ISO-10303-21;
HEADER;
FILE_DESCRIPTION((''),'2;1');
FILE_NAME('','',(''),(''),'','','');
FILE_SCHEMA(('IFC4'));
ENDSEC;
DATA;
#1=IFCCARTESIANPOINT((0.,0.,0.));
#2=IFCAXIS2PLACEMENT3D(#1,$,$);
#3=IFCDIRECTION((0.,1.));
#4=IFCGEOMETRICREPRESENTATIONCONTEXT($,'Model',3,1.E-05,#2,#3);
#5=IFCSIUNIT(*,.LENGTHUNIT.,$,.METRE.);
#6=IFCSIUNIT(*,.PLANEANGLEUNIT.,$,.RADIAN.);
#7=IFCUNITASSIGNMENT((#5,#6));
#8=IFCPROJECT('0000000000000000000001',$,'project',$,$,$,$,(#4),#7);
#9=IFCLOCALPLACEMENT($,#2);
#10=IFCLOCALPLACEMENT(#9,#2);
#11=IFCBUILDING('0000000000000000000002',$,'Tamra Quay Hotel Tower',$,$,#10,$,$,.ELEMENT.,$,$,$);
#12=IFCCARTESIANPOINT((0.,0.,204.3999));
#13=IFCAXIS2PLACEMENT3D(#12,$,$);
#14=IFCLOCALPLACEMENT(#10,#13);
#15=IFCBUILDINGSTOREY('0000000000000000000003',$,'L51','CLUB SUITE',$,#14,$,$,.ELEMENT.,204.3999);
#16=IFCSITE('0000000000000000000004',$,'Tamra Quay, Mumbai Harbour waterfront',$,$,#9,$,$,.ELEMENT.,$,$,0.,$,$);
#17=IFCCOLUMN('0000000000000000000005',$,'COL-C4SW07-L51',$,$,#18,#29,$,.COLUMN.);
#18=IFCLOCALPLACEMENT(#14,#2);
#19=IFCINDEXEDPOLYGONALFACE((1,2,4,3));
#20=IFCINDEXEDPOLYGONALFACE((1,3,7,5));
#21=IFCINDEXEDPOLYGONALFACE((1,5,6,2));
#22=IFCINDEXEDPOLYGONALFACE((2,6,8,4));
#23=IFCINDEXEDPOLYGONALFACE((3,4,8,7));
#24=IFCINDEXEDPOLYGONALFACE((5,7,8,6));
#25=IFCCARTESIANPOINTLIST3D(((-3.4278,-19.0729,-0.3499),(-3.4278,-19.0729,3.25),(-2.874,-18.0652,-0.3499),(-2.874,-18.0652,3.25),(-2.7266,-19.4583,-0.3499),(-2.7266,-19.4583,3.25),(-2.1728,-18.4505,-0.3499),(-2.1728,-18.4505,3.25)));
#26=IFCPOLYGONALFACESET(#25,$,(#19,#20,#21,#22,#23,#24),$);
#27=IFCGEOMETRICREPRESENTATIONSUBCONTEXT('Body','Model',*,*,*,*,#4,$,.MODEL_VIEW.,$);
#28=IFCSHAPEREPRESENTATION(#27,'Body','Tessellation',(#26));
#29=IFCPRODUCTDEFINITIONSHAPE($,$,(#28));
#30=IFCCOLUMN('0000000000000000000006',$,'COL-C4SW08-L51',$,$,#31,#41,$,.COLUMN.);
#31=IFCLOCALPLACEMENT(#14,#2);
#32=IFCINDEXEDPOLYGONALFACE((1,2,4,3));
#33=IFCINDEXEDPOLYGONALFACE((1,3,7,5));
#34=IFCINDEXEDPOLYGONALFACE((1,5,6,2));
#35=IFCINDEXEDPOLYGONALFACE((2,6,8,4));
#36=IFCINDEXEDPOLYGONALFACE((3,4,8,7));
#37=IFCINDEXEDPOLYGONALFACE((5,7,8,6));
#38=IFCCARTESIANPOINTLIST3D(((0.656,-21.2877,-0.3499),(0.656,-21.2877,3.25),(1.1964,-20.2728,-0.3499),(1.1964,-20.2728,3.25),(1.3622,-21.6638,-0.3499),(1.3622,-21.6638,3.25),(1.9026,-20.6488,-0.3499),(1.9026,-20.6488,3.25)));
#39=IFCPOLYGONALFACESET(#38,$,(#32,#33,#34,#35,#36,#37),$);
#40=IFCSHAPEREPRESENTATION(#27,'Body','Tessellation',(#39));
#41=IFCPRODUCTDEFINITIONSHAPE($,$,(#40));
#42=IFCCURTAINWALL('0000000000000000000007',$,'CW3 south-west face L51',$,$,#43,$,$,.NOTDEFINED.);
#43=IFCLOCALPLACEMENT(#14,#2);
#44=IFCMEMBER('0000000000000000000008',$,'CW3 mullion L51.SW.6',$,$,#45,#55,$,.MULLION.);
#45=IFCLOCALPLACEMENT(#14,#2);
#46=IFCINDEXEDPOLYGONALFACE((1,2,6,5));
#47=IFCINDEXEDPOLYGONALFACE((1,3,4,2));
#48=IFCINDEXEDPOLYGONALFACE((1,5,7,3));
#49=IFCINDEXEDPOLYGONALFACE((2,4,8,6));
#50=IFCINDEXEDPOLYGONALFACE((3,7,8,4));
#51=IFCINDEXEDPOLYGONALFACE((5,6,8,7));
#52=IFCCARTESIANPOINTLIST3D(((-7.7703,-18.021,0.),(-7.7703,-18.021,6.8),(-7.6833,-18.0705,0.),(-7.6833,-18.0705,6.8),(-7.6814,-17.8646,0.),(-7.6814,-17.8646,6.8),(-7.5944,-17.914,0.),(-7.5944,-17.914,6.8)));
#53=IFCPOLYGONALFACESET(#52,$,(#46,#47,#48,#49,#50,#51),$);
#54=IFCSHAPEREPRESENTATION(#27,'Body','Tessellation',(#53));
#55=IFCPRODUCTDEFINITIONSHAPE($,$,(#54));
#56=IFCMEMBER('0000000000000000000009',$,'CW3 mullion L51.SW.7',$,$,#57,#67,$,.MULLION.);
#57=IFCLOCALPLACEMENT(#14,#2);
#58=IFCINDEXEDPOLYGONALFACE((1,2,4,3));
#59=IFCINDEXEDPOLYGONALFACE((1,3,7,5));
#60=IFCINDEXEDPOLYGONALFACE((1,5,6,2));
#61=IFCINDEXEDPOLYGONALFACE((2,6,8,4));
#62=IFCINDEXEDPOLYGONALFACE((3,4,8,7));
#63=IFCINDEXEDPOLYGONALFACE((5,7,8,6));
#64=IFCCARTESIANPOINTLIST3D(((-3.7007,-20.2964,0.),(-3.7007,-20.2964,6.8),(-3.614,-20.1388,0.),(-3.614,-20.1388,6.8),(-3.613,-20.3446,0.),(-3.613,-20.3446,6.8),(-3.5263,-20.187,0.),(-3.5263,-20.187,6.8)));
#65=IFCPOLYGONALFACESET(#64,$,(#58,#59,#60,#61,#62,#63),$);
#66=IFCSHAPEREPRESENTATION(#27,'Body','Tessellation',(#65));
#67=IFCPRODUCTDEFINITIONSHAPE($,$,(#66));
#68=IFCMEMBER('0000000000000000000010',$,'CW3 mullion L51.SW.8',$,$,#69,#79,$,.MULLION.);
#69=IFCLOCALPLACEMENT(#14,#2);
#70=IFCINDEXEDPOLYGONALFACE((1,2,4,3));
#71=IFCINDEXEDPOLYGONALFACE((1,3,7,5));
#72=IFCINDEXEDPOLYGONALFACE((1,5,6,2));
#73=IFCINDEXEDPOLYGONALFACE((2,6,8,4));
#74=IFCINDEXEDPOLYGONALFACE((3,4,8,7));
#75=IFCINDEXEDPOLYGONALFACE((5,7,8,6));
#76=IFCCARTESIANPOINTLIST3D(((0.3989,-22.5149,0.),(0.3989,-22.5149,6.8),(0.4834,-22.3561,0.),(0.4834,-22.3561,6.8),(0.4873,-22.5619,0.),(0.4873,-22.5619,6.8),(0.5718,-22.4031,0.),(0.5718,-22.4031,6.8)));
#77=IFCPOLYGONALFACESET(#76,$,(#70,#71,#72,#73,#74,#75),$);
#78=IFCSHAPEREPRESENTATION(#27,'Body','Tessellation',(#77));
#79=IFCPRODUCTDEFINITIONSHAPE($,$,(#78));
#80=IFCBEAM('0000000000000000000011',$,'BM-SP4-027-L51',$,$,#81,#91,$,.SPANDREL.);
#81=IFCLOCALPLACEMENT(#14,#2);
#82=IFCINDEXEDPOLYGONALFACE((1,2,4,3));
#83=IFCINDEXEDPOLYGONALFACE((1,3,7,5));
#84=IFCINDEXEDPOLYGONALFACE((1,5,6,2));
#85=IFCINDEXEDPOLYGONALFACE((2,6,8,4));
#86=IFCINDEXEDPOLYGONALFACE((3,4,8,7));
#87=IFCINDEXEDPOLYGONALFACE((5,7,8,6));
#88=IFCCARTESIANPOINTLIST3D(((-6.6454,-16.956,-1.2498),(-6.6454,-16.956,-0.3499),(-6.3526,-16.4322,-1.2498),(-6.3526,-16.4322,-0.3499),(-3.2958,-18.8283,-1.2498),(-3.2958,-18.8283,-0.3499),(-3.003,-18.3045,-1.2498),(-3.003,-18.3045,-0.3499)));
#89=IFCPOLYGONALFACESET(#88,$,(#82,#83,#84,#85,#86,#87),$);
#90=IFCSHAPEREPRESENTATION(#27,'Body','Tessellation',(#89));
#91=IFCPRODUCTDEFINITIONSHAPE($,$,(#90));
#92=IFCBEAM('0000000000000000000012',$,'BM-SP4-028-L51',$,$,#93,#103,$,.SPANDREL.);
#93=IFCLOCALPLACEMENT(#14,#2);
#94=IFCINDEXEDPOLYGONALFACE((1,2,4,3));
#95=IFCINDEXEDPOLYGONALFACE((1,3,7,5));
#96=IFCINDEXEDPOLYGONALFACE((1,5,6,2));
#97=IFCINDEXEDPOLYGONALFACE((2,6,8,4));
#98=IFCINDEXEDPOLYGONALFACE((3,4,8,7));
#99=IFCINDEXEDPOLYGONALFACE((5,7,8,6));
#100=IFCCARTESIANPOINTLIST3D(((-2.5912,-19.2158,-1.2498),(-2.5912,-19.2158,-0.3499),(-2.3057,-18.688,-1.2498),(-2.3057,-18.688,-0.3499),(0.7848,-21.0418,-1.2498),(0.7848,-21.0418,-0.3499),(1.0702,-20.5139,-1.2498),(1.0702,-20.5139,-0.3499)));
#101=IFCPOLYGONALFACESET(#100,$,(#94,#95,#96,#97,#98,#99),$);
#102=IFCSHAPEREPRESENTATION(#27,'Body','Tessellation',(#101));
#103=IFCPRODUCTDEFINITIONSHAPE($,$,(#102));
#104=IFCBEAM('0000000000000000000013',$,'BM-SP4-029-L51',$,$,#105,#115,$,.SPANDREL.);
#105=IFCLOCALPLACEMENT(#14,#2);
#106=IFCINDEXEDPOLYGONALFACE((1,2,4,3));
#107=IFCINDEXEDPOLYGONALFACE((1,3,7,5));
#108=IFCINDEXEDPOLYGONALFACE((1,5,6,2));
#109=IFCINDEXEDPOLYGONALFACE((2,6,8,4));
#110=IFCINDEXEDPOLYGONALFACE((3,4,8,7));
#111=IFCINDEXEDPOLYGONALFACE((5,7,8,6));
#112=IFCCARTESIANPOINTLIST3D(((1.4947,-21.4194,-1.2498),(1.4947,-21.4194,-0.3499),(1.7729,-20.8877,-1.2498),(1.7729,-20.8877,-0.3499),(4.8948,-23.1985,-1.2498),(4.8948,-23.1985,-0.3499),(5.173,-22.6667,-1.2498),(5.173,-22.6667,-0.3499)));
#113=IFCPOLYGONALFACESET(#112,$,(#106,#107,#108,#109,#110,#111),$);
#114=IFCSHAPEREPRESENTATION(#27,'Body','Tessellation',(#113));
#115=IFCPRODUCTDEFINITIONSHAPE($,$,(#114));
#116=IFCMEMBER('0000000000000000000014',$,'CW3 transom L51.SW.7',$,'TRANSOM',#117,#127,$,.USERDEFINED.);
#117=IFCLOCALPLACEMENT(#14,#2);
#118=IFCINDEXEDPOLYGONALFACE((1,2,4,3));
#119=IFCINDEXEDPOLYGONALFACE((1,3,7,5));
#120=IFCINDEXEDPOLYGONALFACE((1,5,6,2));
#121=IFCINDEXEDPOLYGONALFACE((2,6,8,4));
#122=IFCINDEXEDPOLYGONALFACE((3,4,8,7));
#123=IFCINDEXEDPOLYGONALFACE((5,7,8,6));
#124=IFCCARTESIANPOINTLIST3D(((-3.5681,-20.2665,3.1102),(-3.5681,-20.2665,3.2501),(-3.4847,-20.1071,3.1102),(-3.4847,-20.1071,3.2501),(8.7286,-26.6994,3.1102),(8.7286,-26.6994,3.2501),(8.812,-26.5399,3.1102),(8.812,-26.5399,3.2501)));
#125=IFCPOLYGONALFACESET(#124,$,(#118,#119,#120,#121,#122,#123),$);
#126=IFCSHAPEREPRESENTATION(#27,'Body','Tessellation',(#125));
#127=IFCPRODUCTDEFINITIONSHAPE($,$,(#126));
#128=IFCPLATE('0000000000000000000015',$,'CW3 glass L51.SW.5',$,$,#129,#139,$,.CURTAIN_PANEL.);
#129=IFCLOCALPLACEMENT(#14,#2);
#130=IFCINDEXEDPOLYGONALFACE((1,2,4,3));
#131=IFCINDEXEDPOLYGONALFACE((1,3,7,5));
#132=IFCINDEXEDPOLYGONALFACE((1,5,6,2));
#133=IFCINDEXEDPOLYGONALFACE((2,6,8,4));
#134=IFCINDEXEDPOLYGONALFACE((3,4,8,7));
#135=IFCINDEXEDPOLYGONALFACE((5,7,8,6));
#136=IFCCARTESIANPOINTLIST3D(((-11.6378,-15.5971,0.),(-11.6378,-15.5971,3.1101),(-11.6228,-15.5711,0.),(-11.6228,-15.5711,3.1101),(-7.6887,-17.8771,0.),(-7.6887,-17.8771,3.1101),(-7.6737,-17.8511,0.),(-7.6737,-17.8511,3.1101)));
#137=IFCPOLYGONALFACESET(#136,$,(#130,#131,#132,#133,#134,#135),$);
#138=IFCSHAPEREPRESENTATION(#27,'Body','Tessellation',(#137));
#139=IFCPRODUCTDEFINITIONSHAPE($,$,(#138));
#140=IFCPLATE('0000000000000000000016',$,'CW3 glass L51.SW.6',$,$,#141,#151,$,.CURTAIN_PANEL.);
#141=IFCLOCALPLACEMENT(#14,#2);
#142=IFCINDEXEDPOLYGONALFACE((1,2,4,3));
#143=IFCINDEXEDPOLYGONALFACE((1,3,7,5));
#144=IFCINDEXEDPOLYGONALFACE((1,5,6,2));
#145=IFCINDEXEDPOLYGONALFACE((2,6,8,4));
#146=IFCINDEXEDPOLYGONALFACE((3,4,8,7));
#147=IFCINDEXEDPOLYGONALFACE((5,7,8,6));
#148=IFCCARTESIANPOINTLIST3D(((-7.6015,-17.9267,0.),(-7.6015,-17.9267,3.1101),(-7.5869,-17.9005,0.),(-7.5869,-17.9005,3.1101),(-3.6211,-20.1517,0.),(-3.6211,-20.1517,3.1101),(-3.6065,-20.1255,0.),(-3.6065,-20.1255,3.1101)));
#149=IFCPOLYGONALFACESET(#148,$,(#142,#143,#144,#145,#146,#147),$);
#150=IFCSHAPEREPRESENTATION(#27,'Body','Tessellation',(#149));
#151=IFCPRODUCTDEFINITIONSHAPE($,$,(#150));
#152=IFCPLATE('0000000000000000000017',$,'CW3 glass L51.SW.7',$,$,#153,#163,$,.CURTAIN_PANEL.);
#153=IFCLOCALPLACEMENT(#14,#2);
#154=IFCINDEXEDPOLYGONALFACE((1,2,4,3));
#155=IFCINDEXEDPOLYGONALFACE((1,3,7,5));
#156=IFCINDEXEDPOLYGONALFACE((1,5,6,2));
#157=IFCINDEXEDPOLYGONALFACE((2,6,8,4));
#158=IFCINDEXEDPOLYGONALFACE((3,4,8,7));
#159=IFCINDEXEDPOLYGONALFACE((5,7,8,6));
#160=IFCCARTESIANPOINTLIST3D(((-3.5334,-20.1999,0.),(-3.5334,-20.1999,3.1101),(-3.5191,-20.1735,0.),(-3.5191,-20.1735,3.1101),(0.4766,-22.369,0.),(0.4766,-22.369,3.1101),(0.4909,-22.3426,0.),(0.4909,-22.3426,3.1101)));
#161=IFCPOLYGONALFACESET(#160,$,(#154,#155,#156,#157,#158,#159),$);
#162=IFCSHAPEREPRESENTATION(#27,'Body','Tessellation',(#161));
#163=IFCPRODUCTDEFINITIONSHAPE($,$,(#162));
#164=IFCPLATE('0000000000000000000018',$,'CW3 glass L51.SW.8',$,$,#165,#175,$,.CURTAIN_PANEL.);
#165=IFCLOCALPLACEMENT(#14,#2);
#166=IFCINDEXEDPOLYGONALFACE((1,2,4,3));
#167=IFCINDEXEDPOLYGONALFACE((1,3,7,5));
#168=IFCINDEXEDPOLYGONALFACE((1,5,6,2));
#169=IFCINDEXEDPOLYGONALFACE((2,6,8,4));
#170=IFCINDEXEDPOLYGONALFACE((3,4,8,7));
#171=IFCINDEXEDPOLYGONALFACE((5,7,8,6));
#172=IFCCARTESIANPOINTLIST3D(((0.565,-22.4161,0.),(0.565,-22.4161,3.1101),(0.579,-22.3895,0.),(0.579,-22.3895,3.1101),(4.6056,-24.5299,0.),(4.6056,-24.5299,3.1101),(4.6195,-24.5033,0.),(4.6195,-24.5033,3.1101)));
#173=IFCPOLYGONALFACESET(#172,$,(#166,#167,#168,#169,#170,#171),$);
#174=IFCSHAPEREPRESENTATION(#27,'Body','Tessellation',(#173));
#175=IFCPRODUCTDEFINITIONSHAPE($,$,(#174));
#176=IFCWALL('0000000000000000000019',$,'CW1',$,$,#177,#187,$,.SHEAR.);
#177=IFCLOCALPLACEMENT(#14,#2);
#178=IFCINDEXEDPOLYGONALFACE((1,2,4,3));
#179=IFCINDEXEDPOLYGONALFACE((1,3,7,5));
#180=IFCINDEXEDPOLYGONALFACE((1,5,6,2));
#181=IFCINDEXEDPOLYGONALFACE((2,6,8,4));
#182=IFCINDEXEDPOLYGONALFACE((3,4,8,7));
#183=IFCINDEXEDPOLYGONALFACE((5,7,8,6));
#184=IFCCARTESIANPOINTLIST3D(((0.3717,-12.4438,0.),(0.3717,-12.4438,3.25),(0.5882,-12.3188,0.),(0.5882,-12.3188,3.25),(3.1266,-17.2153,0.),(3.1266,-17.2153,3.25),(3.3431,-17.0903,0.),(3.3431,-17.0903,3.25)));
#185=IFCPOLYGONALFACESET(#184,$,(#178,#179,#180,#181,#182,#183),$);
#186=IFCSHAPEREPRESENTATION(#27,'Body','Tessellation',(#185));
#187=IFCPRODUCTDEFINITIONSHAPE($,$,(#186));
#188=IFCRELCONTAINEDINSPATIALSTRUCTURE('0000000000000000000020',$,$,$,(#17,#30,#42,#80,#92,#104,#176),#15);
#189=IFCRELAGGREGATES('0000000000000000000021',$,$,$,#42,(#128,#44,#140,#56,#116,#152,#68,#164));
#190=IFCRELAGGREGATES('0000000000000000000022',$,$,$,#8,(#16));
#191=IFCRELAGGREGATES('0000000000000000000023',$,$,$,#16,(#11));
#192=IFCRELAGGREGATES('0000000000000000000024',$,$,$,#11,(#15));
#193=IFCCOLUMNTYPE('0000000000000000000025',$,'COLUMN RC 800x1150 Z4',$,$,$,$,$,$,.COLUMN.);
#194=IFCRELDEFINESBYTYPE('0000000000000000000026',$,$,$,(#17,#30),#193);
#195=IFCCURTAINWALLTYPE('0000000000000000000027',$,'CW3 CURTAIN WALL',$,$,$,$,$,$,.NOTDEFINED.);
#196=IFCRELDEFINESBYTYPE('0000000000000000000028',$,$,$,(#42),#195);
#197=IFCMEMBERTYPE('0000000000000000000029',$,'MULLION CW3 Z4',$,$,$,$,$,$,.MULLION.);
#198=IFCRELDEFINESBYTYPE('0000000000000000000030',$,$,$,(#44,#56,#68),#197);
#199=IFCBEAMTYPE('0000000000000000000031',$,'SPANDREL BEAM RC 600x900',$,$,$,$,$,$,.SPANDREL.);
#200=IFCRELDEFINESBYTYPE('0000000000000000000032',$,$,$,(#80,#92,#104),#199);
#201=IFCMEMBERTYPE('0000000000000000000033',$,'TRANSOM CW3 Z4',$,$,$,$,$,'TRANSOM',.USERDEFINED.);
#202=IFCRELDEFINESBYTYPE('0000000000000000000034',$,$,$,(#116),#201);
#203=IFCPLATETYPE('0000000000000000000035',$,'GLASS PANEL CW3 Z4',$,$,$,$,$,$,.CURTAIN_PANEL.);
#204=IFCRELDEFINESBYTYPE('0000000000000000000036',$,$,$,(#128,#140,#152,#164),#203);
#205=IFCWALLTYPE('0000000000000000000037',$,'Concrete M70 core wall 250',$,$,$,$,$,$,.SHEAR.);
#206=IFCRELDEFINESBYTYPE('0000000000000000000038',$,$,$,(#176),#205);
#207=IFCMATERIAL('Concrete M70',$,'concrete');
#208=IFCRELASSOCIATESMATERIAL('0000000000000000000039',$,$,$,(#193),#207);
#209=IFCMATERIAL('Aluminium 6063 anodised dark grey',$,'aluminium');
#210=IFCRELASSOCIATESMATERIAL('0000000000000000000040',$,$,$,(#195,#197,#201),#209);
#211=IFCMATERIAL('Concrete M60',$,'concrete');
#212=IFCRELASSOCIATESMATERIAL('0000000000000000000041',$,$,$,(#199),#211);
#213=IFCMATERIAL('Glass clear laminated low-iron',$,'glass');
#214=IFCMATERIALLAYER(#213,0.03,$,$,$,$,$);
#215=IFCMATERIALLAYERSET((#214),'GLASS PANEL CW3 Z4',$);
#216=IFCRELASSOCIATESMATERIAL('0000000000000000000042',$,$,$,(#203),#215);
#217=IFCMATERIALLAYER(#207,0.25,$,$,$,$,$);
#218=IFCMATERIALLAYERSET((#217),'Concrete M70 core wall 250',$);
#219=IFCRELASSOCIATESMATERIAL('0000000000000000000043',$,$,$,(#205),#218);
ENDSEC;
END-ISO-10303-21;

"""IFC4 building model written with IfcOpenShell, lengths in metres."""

from ifc_helpers import new_model, si_unit, direction, frame, frame_2d, origin, origin_2d, place, context, subcontext, project, spatial, rectangle, extrude, material, layer, layer_set, material_profile, profile_set, type_object, element, aggregate, save


model = new_model("IFC4")

# Units and contexts
model_context = context("Model", 3, precision=1e-05, world=origin(), true_north=direction((0.0, 1.0)))
body_context = subcontext(model_context, "Body", "Model", "MODEL_VIEW")
ifc_project = project(units=[si_unit("LENGTHUNIT", "METRE"), si_unit("PLANEANGLEUNIT", "RADIAN")], contexts=[model_context])

# Site, building, storey
site_placement = place(None, origin())
site = spatial("IfcSite", under=ifc_project, at=site_placement, Name="Tamra Quay, Mumbai Harbour waterfront", CompositionType="ELEMENT", RefElevation=0.0)
building_placement = place(site_placement, origin())
building = spatial("IfcBuilding", under=site, at=building_placement, Name="Tamra Quay Hotel Tower", CompositionType="ELEMENT")
storey_placement = place(building_placement, frame((0.0, 0.0, 204.3999)))
storey = spatial("IfcBuildingStorey", under=building, at=storey_placement, Name="L51", Description="CLUB SUITE", CompositionType="ELEMENT", Elevation=204.3999)

# Columns
ifc_material_1 = material(Name="Concrete M70", Category="concrete")
ifc_material_profile_1 = material_profile(ifc_material_1, rectangle(XDim=1.1499, YDim=0.8, at=origin_2d()), Name="COLUMN RC 800x1150 Z4")
ifc_profile_set_1 = profile_set([ifc_material_profile_1], Name="Concrete M70")
column_type = type_object("IfcColumnType", Name="COLUMN RC 800x1150 Z4", PredefinedType="COLUMN", material=ifc_profile_set_1)
for number, where, z_axis, x_axis, name in (
    (1, (-2.8003, -18.7617, -0.3499), (0.0, 0.0, 1.0), (0.481602, 0.87639, 0.0), "COL-C4SW07-L51"),
    (2, (1.2793, -20.9683, -0.3499), (0.0, 0.0, 1.0), (0.470002, 0.882666, 0.0), "COL-C4SW08-L51"),
):
    element("IfcColumn", number, at=place(storey_placement, frame(where, z_axis=z_axis, x_axis=x_axis)), inside=storey, type_object=column_type, Name=name, PredefinedType="COLUMN", context=body_context, shape_type="SweptSolid", body=[
        extrude(rectangle(XDim=1.1499, YDim=0.8, at=origin_2d()), origin(), (0.0, 0.0, 1.0), 3.5999),
    ])

# Curtain wall, members
ifc_material_2 = material(Name="Aluminium 6063 anodised dark grey", Category="aluminium")
curtain_wall_type = type_object("IfcCurtainWallType", Name="CW3 CURTAIN WALL", PredefinedType="NOTDEFINED", material=ifc_material_2)
curtain_wall_placement = place(storey_placement, origin())
curtain_wall = element("IfcCurtainWall", 3, at=curtain_wall_placement, inside=storey, type_object=curtain_wall_type, Name="CW3 south-west face L51", PredefinedType="NOTDEFINED")
ifc_material_profile_2 = material_profile(ifc_material_2, rectangle(XDim=0.1799, YDim=0.1001, at=origin_2d()), Name="MULLION 100X180")
ifc_profile_set_2 = profile_set([ifc_material_profile_2], Name="Aluminium 6063 anodised dark grey")
member_type_1 = type_object("IfcMemberType", Name="MULLION CW3 Z4", PredefinedType="MULLION", material=ifc_profile_set_2)
member_1_placement = place(storey_placement, frame((-7.6824, -17.9675, 0.0), z_axis=(0.0, 0.0, 1.0), x_axis=(-0.493975, -0.869476, 0.0)))
member_1 = element("IfcMember", 4, at=member_1_placement, type_object=member_type_1, Name="CW3 mullion L51.SW.6", PredefinedType="MULLION", context=body_context, shape_type="SweptSolid", body=[
    extrude(rectangle(XDim=0.1799, YDim=0.1001, at=origin_2d()), origin(), (0.0, 0.0, 1.0), 6.8),
])
member_2_placement = place(storey_placement, frame((-3.6135, -20.2417, 0.0), z_axis=(0.0, 0.0, 1.0), x_axis=(-0.481861, -0.876248, 0.0)))
member_2 = element("IfcMember", 5, at=member_2_placement, type_object=member_type_1, Name="CW3 mullion L51.SW.7", PredefinedType="MULLION", context=body_context, shape_type="SweptSolid", body=[
    extrude(rectangle(XDim=0.1799, YDim=0.1001, at=origin_2d()), origin(), (0.0, 0.0, 1.0), 6.8),
])
member_3_placement = place(storey_placement, frame((0.4854, -22.459, 0.0), z_axis=(0.0, 0.0, 1.0), x_axis=(-0.469668, -0.882843, 0.0)))
member_3 = element("IfcMember", 6, at=member_3_placement, type_object=member_type_1, Name="CW3 mullion L51.SW.8", PredefinedType="MULLION", context=body_context, shape_type="SweptSolid", body=[
    extrude(rectangle(XDim=0.1799, YDim=0.1001, at=origin_2d()), origin(), (0.0, 0.0, 1.0), 6.8),
])

# Beams
ifc_material_3 = material(Name="Concrete M60", Category="concrete")
ifc_material_profile_3 = material_profile(ifc_material_3, rectangle(XDim=0.6001, YDim=0.8999, at=origin_2d()), Name="SPANDREL BEAM RC 600x900")
ifc_profile_set_3 = profile_set([ifc_material_profile_3], Name="Concrete M60")
beam_type = type_object("IfcBeamType", Name="SPANDREL BEAM RC 600x900", PredefinedType="SPANDREL", material=ifc_profile_set_3)
beam_1_placement = place(storey_placement, frame((-6.499, -16.6941, -0.7998), z_axis=(0.872891, -0.487915, 0.0), x_axis=(0.487915, 0.872891, 0.0)))
element("IfcBeam", 7, at=beam_1_placement, inside=storey, type_object=beam_type, Name="BM-SP4-027-L51", PredefinedType="SPANDREL", context=body_context, shape_type="SweptSolid", body=[
    extrude(rectangle(XDim=0.6001, YDim=0.8999, at=origin_2d()), origin(), (0.0, 0.0, 1.0), 3.8374),
])
beam_2_placement = place(storey_placement, frame((-2.4485, -18.9519, -0.7998), z_axis=(0.879589, -0.475734, 0.0), x_axis=(0.475734, 0.879589, 0.0)))
element("IfcBeam", 8, at=beam_2_placement, inside=storey, type_object=beam_type, Name="BM-SP4-028-L51", PredefinedType="SPANDREL", context=body_context, shape_type="SweptSolid", body=[
    extrude(rectangle(XDim=0.6001, YDim=0.8999, at=origin_2d()), origin(), (0.0, 0.0, 1.0), 3.8381),
])
beam_3_placement = place(storey_placement, frame((1.6338, -21.1536, -0.7998), z_axis=(0.886043, -0.463603, 0.0), x_axis=(0.463603, 0.886043, 0.0)))
element("IfcBeam", 9, at=beam_3_placement, inside=storey, type_object=beam_type, Name="BM-SP4-029-L51", PredefinedType="SPANDREL", context=body_context, shape_type="SweptSolid", body=[
    extrude(rectangle(XDim=0.6001, YDim=0.8999, at=origin_2d()), origin(), (0.0, 0.0, 1.0), 3.8374),
])

# Member
ifc_material_profile_4 = material_profile(ifc_material_2, rectangle(XDim=0.1799, YDim=0.1399, at=origin_2d()), Name="TRANSOM 180X140")
ifc_profile_set_4 = profile_set([ifc_material_profile_4], Name="Aluminium 6063 anodised dark grey")
member_type_2 = type_object("IfcMemberType", Name="TRANSOM CW3 Z4", ElementType="TRANSOM", PredefinedType="USERDEFINED", material=ifc_profile_set_4)
member_4_placement = place(storey_placement, frame((-3.5264, -20.1868, 3.1802), z_axis=(0.886075, -0.463542, 0.0), x_axis=(0.463542, 0.886075, 0.0)))
member_4 = element("IfcMember", 10, at=member_4_placement, type_object=member_type_2, Name="CW3 transom L51.SW.7", ObjectType="TRANSOM", PredefinedType="USERDEFINED", context=body_context, shape_type="SweptSolid", body=[
    extrude(rectangle(XDim=0.1799, YDim=0.1399, at=origin_2d()), origin(), (0.0, 0.0, 1.0), 13.8777),
])

# Plates
ifc_material_4 = material(Name="Glass clear laminated low-iron", Category="glass")
ifc_layer_1 = layer(ifc_material_4, 0.03)
ifc_layer_set_1 = layer_set([ifc_layer_1], Name="GLASS PANEL CW3 Z4")
plate_type = type_object("IfcPlateType", Name="GLASS PANEL CW3 Z4", PredefinedType="CURTAIN_PANEL", material=ifc_layer_set_1)
plate_1_placement = place(storey_placement, frame((-9.6558, -16.7241, 0.0), z_axis=(0.0, 0.0, 1.0), x_axis=(0.866025, -0.5, 0.0)))
plate_1 = element("IfcPlate", 11, at=plate_1_placement, type_object=plate_type, Name="CW3 glass L51.SW.5", PredefinedType="CURTAIN_PANEL", context=body_context, shape_type="SweptSolid", body=[
    extrude(rectangle(XDim=4.5601, YDim=0.03, at=origin_2d()), origin(), (0.0, 0.0, 1.0), 3.1101),
])
plate_2_placement = place(storey_placement, frame((-5.604, -19.0261, 0.0), z_axis=(0.0, 0.0, 1.0), x_axis=(0.872885, -0.487926, 0.0)))
plate_2 = element("IfcPlate", 12, at=plate_2_placement, type_object=plate_type, Name="CW3 glass L51.SW.6", PredefinedType="CURTAIN_PANEL", context=body_context, shape_type="SweptSolid", body=[
    extrude(rectangle(XDim=4.5601, YDim=0.03, at=origin_2d()), origin(), (0.0, 0.0, 1.0), 3.1101),
])
plate_3_placement = place(storey_placement, frame((-1.5212, -21.2712, 0.0), z_axis=(0.0, 0.0, 1.0), x_axis=(0.879569, -0.475772, 0.0)))
plate_3 = element("IfcPlate", 13, at=plate_3_placement, type_object=plate_type, Name="CW3 glass L51.SW.7", PredefinedType="CURTAIN_PANEL", context=body_context, shape_type="SweptSolid", body=[
    extrude(rectangle(XDim=4.5591, YDim=0.03, at=origin_2d()), origin(), (0.0, 0.0, 1.0), 3.1101),
])
plate_4_placement = place(storey_placement, frame((2.5923, -23.4597, 0.0), z_axis=(0.0, 0.0, 1.0), x_axis=(0.886076, -0.463541, 0.0)))
plate_4 = element("IfcPlate", 14, at=plate_4_placement, type_object=plate_type, Name="CW3 glass L51.SW.8", PredefinedType="CURTAIN_PANEL", context=body_context, shape_type="SweptSolid", body=[
    extrude(rectangle(XDim=4.5601, YDim=0.03, at=origin_2d()), origin(), (0.0, 0.0, 1.0), 3.1101),
])
aggregate(curtain_wall, [plate_1, member_1, plate_2, member_2, member_4, plate_3, member_3, plate_4])

# Wall
ifc_layer_2 = layer(ifc_material_1, 0.25)
ifc_layer_set_2 = layer_set([ifc_layer_2], Name="Concrete M70 core wall 250")
wall_type_1 = type_object("IfcWallType", Name="Concrete M70 core wall 250", PredefinedType="SHEAR", material=ifc_layer_set_2)
wall_1_placement = place(storey_placement, frame((3.2349, -17.1528, 0.0), z_axis=(0.0, 0.0, 1.0), x_axis=(-0.500009, 0.86602, 0.0)))
element("IfcWall", 15, at=wall_1_placement, inside=storey, type_object=wall_type_1, Name="CW1", PredefinedType="SHEAR", context=body_context, shape_type="SweptSolid", body=[
    extrude(rectangle(XDim=5.5098, YDim=0.25, at=frame_2d((2.7549, 0.0))), origin(), (0.0, 0.0, 1.0), 3.25),
])

save(model, "model.ifc")
